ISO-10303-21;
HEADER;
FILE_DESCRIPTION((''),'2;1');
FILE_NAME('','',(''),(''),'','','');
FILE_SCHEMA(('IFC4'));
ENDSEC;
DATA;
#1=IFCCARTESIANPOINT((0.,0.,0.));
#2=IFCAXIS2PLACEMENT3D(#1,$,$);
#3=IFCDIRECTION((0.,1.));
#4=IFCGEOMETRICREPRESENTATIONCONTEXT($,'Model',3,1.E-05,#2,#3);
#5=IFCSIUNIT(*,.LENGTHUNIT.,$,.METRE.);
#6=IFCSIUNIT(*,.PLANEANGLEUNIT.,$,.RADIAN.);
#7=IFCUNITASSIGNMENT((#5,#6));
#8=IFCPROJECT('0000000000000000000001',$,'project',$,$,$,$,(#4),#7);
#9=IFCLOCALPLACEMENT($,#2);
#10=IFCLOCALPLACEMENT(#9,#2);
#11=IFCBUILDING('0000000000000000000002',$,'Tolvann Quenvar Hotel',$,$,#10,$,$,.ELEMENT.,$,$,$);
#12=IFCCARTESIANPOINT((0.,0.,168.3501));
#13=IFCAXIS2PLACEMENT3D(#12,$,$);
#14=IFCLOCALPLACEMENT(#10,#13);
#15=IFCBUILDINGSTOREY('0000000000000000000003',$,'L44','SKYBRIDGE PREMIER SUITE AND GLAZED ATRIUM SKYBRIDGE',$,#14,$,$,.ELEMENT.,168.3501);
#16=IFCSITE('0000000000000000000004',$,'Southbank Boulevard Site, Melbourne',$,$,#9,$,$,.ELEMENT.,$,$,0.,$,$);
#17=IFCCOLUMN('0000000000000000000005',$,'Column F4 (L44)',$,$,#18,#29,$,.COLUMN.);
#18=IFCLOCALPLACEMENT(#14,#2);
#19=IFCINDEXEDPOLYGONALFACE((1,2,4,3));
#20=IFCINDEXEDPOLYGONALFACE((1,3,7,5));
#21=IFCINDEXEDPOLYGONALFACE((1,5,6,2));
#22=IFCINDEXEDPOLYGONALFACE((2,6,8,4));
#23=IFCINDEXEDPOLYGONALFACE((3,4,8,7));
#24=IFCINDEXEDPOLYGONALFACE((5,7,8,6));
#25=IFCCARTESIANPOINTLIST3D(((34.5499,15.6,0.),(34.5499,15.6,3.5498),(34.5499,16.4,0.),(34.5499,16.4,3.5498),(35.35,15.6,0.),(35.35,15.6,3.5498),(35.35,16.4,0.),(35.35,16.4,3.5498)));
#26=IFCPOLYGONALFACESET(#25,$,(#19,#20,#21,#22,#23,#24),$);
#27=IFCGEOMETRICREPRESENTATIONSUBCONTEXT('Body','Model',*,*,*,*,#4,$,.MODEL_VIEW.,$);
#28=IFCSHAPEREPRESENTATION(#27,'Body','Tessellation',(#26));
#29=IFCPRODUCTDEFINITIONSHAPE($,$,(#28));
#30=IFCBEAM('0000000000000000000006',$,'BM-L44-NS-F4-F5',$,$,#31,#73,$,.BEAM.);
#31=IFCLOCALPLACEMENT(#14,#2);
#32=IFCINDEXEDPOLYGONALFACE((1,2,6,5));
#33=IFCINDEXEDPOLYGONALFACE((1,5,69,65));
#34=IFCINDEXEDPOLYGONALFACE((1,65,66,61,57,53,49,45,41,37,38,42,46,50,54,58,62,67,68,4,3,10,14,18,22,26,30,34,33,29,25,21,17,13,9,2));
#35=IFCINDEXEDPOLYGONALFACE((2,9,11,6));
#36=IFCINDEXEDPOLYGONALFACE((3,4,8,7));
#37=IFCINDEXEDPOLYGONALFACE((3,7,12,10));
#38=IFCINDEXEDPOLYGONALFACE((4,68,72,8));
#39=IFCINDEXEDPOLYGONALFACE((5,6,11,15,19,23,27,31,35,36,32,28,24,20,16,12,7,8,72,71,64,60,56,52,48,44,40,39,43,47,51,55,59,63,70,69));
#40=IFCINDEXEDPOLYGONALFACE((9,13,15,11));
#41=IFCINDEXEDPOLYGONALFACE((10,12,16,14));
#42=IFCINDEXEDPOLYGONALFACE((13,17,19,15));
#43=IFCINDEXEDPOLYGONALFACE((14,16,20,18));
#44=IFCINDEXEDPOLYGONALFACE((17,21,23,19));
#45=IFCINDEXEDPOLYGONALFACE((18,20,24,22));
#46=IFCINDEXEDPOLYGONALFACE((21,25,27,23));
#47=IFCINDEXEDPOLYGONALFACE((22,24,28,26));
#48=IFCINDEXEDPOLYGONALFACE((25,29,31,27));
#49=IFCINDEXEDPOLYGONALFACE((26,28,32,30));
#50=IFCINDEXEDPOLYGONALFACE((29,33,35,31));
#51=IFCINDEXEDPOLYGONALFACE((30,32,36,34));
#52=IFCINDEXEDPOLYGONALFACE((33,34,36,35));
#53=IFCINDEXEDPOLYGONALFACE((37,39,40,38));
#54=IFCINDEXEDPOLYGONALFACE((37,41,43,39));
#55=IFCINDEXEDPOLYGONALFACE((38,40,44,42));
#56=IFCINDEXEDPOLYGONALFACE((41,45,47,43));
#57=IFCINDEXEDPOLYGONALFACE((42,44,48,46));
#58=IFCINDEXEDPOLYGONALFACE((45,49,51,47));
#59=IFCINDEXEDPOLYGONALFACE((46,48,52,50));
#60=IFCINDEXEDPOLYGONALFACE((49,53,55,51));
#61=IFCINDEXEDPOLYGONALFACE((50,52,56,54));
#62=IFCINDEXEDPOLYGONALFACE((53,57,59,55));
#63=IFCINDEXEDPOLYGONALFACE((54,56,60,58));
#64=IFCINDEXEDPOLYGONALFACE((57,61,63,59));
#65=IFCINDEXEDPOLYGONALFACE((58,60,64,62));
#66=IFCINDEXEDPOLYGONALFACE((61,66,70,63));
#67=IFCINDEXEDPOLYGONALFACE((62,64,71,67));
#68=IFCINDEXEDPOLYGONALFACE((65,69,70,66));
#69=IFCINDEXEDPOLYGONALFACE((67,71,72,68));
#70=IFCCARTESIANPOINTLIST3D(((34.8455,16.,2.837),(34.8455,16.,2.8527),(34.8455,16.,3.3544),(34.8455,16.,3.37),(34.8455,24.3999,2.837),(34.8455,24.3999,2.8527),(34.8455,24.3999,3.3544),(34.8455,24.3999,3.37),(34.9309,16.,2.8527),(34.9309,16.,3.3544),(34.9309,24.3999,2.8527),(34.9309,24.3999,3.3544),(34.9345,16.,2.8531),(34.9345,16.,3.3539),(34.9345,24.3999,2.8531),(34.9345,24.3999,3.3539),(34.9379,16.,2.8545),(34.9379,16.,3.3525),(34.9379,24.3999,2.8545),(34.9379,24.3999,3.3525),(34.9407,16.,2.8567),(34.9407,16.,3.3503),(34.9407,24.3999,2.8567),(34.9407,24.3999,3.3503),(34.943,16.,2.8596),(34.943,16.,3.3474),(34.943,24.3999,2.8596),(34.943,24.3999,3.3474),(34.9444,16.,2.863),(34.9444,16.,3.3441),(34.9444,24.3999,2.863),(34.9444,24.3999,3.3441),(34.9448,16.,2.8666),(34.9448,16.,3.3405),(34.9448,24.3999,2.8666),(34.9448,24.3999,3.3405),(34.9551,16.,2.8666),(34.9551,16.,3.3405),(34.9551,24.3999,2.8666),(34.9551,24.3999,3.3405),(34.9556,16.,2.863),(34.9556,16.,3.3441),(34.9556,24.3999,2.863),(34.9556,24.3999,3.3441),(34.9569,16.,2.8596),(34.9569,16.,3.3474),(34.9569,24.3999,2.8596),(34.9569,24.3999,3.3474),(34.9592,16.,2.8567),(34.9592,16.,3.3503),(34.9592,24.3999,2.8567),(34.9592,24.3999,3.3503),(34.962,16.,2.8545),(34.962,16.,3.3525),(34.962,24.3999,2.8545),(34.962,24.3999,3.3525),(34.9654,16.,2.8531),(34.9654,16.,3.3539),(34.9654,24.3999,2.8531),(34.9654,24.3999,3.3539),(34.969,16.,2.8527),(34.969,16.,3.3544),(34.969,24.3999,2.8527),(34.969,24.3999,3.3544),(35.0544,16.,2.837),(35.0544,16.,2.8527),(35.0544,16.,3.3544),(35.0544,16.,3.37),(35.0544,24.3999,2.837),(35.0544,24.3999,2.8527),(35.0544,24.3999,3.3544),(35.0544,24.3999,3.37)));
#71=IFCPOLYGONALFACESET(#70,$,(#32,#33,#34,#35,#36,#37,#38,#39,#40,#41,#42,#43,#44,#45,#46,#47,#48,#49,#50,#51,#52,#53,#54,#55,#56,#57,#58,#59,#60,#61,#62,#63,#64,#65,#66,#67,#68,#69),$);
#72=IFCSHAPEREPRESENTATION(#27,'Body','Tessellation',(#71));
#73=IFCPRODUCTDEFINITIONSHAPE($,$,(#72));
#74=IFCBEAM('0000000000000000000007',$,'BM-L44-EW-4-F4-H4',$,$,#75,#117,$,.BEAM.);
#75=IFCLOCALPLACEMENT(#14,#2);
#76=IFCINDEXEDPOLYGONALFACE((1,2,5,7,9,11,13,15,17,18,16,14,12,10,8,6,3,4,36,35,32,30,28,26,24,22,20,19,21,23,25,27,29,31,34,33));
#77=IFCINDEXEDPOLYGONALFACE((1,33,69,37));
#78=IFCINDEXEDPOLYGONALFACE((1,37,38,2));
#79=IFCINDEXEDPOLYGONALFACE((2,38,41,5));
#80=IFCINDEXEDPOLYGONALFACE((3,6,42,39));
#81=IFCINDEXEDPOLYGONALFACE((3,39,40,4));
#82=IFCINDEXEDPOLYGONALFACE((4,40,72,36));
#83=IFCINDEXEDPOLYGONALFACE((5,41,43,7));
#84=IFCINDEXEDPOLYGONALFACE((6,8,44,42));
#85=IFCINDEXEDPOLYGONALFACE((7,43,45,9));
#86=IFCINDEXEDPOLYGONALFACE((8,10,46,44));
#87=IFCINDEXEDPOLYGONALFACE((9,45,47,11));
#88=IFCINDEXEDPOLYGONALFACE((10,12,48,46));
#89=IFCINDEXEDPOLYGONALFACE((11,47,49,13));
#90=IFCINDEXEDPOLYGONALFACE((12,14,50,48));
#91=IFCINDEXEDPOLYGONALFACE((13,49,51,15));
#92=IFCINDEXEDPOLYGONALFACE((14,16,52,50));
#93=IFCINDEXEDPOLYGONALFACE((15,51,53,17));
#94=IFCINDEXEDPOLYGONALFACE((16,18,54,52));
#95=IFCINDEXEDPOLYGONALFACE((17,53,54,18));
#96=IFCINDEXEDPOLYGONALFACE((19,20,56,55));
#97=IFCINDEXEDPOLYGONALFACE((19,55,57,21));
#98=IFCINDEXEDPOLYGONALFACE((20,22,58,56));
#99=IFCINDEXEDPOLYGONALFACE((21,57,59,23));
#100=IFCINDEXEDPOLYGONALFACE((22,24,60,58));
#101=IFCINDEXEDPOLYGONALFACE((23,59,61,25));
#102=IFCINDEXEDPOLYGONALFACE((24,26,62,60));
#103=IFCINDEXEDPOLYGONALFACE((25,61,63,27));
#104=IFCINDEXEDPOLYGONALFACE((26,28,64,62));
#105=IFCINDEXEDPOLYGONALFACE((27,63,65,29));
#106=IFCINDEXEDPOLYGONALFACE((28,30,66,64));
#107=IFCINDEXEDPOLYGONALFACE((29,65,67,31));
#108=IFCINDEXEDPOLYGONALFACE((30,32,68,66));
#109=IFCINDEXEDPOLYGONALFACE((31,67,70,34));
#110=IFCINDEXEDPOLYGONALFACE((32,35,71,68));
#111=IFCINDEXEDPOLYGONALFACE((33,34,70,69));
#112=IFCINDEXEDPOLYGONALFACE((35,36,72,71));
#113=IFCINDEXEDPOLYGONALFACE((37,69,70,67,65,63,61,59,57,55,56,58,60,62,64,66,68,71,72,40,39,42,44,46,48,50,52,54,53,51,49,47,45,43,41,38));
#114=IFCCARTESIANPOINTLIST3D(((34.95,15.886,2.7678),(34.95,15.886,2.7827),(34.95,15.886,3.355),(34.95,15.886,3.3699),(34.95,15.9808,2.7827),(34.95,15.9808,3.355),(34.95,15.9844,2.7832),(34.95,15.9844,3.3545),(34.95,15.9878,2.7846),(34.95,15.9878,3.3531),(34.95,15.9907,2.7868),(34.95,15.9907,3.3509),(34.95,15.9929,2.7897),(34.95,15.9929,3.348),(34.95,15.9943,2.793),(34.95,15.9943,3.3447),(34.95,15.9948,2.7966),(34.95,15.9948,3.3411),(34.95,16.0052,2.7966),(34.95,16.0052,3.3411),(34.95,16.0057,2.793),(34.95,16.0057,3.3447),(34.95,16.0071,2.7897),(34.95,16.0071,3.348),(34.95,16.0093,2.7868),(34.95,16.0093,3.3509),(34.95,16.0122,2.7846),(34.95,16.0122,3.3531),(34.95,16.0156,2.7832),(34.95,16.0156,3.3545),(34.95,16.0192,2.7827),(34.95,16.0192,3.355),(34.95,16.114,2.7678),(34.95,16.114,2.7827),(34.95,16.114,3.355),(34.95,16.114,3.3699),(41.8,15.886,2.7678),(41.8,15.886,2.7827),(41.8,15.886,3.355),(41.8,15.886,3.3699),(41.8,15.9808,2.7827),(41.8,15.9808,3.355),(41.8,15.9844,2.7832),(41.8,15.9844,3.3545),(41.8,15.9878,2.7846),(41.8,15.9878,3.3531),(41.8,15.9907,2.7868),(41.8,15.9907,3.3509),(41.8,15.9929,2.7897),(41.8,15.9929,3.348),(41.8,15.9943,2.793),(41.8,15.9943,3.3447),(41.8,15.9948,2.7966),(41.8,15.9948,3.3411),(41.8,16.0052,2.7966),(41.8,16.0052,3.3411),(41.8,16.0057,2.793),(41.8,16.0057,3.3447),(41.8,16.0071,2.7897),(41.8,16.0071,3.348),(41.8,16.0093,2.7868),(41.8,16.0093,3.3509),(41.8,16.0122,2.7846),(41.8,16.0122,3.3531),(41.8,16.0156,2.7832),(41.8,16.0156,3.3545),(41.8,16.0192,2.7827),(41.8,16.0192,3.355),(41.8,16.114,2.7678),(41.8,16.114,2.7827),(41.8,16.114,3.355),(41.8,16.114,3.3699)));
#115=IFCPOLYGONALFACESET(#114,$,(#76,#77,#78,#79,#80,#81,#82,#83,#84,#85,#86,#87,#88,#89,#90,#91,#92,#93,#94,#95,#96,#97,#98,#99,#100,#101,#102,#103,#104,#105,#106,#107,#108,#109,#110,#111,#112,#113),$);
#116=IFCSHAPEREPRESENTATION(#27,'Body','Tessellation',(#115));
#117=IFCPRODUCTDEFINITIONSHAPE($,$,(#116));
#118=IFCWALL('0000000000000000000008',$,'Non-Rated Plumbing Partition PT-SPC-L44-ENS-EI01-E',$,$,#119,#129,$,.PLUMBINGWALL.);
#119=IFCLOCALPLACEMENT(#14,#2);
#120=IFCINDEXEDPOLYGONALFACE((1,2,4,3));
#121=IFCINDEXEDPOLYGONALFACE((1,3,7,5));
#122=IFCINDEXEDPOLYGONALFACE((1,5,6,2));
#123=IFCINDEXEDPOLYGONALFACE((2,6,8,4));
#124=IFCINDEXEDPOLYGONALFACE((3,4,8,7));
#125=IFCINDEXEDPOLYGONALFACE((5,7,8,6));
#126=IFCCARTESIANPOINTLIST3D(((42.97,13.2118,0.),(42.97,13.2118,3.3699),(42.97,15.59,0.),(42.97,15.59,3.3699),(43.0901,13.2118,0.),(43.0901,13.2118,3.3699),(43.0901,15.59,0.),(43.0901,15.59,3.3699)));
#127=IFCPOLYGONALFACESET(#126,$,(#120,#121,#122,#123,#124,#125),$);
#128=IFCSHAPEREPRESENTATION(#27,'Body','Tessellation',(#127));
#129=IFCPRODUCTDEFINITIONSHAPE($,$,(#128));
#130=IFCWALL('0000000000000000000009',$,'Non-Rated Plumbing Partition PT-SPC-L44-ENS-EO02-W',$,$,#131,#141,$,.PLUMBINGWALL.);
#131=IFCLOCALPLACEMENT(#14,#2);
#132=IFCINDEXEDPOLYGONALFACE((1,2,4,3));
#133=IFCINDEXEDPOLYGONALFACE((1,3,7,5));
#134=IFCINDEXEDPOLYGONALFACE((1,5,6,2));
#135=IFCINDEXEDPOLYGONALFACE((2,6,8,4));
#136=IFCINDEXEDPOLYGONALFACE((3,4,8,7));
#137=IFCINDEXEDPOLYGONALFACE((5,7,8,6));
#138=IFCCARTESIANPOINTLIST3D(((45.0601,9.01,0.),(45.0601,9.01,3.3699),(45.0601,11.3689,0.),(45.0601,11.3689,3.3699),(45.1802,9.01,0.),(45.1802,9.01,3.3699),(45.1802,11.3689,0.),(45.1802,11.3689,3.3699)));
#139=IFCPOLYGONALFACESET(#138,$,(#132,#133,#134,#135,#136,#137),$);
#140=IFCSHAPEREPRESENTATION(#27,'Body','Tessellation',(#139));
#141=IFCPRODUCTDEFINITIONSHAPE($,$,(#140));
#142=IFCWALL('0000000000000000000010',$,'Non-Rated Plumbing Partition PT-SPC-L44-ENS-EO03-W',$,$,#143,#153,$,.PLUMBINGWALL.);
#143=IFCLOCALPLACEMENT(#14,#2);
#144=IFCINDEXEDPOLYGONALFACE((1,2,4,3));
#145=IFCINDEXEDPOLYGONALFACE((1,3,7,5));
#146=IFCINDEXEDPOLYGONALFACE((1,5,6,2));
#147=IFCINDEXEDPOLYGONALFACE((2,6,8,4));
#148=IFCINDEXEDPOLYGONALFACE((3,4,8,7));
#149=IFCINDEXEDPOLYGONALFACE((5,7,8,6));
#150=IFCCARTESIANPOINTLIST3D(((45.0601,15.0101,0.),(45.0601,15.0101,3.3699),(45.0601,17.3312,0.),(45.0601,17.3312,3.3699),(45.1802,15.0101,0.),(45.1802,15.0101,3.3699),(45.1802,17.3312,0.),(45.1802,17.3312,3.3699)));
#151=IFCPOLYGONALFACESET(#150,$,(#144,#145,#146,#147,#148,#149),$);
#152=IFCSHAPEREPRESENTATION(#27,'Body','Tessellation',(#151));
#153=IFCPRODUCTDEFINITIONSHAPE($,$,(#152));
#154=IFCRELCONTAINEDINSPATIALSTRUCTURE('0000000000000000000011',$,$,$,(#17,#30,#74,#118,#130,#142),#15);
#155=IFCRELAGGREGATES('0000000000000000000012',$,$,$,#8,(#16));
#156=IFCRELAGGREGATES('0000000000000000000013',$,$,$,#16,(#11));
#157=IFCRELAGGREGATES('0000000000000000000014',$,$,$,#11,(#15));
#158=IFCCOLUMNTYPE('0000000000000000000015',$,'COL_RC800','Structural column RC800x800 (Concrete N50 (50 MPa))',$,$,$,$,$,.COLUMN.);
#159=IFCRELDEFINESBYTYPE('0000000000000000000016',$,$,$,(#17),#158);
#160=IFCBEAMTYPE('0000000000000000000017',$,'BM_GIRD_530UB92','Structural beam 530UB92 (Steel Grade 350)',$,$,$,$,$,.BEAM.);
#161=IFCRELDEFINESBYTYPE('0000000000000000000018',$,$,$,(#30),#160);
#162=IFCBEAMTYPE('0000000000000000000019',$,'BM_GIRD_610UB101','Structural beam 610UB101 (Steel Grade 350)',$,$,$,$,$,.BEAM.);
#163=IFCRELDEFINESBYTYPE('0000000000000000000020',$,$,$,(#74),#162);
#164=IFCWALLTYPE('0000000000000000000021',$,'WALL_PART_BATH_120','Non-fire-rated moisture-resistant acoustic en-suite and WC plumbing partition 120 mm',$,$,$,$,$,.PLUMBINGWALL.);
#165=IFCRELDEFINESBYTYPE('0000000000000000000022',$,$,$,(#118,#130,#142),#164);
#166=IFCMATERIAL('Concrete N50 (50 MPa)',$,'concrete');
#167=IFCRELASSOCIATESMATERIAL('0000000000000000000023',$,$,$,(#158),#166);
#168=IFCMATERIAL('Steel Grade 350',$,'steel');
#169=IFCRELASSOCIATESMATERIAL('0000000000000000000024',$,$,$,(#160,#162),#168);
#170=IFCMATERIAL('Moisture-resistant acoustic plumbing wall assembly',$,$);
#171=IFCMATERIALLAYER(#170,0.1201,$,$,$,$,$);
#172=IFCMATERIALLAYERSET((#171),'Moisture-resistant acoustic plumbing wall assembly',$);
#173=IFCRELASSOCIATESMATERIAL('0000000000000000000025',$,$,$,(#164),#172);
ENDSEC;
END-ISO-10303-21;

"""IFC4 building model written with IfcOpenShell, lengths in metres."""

from ifc_helpers import new_model, si_unit, direction, frame, frame_2d, origin, origin_2d, place, context, subcontext, project, spatial, rectangle, i_section, extrude, source, transform, mapped, material, layer, layer_set, material_profile, profile_set, type_object, type_shapes, element, save


model = new_model("IFC4")

# Units and contexts
model_context = context("Model", 3, precision=1e-05, world=origin(), true_north=direction((0.0, 1.0)))
body_context = subcontext(model_context, "Body", "Model", "MODEL_VIEW")
ifc_project = project(units=[si_unit("LENGTHUNIT", "METRE"), si_unit("PLANEANGLEUNIT", "RADIAN")], contexts=[model_context])

# Site, building, storey
site_placement = place(None, origin())
site = spatial("IfcSite", under=ifc_project, at=site_placement, Name="Southbank Boulevard Site, Melbourne", CompositionType="ELEMENT", RefElevation=0.0)
building_placement = place(site_placement, origin())
building = spatial("IfcBuilding", under=site, at=building_placement, Name="Tolvann Quenvar Hotel", CompositionType="ELEMENT")
storey_placement = place(building_placement, frame((0.0, 0.0, 168.3501)))
storey = spatial("IfcBuildingStorey", under=building, at=storey_placement, Name="L44", Description="SKYBRIDGE PREMIER SUITE AND GLAZED ATRIUM SKYBRIDGE", CompositionType="ELEMENT", Elevation=168.3501)

# Column
ifc_material_1 = material(Name="Concrete N50 (50 MPa)", Category="concrete")
ifc_material_profile_1 = material_profile(ifc_material_1, rectangle(XDim=0.8, YDim=0.8, at=origin_2d()), Name="RC800x800")
ifc_profile_set_1 = profile_set([ifc_material_profile_1], Name="Concrete N50 (50 MPa)")
column_type = type_object("IfcColumnType", Name="COL_RC800", Description="Structural column RC800x800 (Concrete N50 (50 MPa))", PredefinedType="COLUMN", material=ifc_profile_set_1)
shared_shape_1 = source(origin(), body_context, "Body", "SweptSolid", [
    extrude(rectangle(XDim=0.8, YDim=0.8, at=origin_2d()), origin(), (0.0, 0.0, 1.0), 3.5498),
])
type_shapes(column_type, [shared_shape_1])
column_placement = place(storey_placement, frame((34.95, 16.0, 0.0), z_axis=(0.0, 0.0, 1.0), x_axis=(1.0, 0.0, 0.0)))
element("IfcColumn", 1, at=column_placement, inside=storey, type_object=column_type, Name="Column F4 (L44)", PredefinedType="COLUMN", context=body_context, shape_type="MappedRepresentation", body=[
    mapped(shared_shape_1, transform((0.0, 0.0, 0.0), x_axis=(1.0, 0.0, 0.0), y_axis=(0.0, 1.0, 0.0), z_axis=(0.0, 0.0, 1.0), scale=1.0)),
])

# Beams
ifc_material_2 = material(Name="Steel Grade 350", Category="steel")
ifc_material_profile_2 = material_profile(ifc_material_2, i_section(OverallWidth=0.209, OverallDepth=0.533, WebThickness=0.0103, FlangeThickness=0.0156, FilletRadius=0.0139, at=origin_2d()), Name="530UB92")
ifc_profile_set_2 = profile_set([ifc_material_profile_2], Name="Steel Grade 350")
beam_type_1 = type_object("IfcBeamType", Name="BM_GIRD_530UB92", Description="Structural beam 530UB92 (Steel Grade 350)", PredefinedType="BEAM", material=ifc_profile_set_2)
shared_shape_2 = source(origin(), body_context, "Body", "SweptSolid", [
    extrude(i_section(OverallWidth=0.209, OverallDepth=0.533, WebThickness=0.0103, FlangeThickness=0.0156, FilletRadius=0.0139, at=origin_2d()), origin(), (0.0, 0.0, 1.0), 8.3999),
])
type_shapes(beam_type_1, [shared_shape_2])
beam_1_placement = place(storey_placement, frame((34.95, 16.0, 3.1035), z_axis=(0.0, 1.0, 0.0), x_axis=(-1.0, 0.0, 0.0)))
element("IfcBeam", 2, at=beam_1_placement, inside=storey, type_object=beam_type_1, Name="BM-L44-NS-F4-F5", PredefinedType="BEAM", context=body_context, shape_type="MappedRepresentation", body=[
    mapped(shared_shape_2, transform((0.0, 0.0, 0.0), x_axis=(1.0, 0.0, 0.0), y_axis=(0.0, 1.0, 0.0), z_axis=(0.0, 0.0, 1.0), scale=1.0)),
])
ifc_material_profile_3 = material_profile(ifc_material_2, i_section(OverallWidth=0.228, OverallDepth=0.6021, WebThickness=0.0105, FlangeThickness=0.0149, FilletRadius=0.0139, at=origin_2d()), Name="610UB101")
ifc_profile_set_3 = profile_set([ifc_material_profile_3], Name="Steel Grade 350")
beam_type_2 = type_object("IfcBeamType", Name="BM_GIRD_610UB101", Description="Structural beam 610UB101 (Steel Grade 350)", PredefinedType="BEAM", material=ifc_profile_set_3)
shared_shape_3 = source(origin(), body_context, "Body", "SweptSolid", [
    extrude(i_section(OverallWidth=0.228, OverallDepth=0.6021, WebThickness=0.0105, FlangeThickness=0.0149, FilletRadius=0.0139, at=origin_2d()), origin(), (0.0, 0.0, 1.0), 6.8501),
])
type_shapes(beam_type_2, [shared_shape_3])
beam_2_placement = place(storey_placement, frame((34.95, 16.0, 3.0688), z_axis=(1.0, 0.0, 0.0), x_axis=(0.0, 1.0, 0.0)))
element("IfcBeam", 3, at=beam_2_placement, inside=storey, type_object=beam_type_2, Name="BM-L44-EW-4-F4-H4", PredefinedType="BEAM", context=body_context, shape_type="MappedRepresentation", body=[
    mapped(shared_shape_3, transform((0.0, 0.0, 0.0), x_axis=(1.0, 0.0, 0.0), y_axis=(0.0, 1.0, 0.0), z_axis=(0.0, 0.0, 1.0), scale=1.0)),
])

# Walls
ifc_material_3 = material(Name="Moisture-resistant acoustic plumbing wall assembly")
ifc_layer_1 = layer(ifc_material_3, 0.1201)
ifc_layer_set_1 = layer_set([ifc_layer_1], Name="Moisture-resistant acoustic plumbing wall assembly")
wall_type_1 = type_object("IfcWallType", Name="WALL_PART_BATH_120", Description="Non-fire-rated moisture-resistant acoustic en-suite and WC plumbing partition 120 mm", PredefinedType="PLUMBINGWALL", material=ifc_layer_set_1)
wall_1_placement = place(storey_placement, frame((43.03, 13.2119, 0.0), z_axis=(0.0, 0.0, 1.0), x_axis=(0.0, 1.0, 0.0)))
element("IfcWall", 4, at=wall_1_placement, inside=storey, type_object=wall_type_1, Name="Non-Rated Plumbing Partition PT-SPC-L44-ENS-EI01-E", PredefinedType="PLUMBINGWALL", context=body_context, shape_type="SweptSolid", body=[
    extrude(rectangle(XDim=2.3782, YDim=0.1201, at=frame_2d((1.189, 0.0))), origin(), (0.0, 0.0, 1.0), 3.3699),
])
wall_2_placement = place(storey_placement, frame((45.1201, 9.01, 0.0), z_axis=(0.0, 0.0, 1.0), x_axis=(0.0, 1.0, 0.0)))
element("IfcWall", 5, at=wall_2_placement, inside=storey, type_object=wall_type_1, Name="Non-Rated Plumbing Partition PT-SPC-L44-ENS-EO02-W", PredefinedType="PLUMBINGWALL", context=body_context, shape_type="SweptSolid", body=[
    extrude(rectangle(XDim=2.3589, YDim=0.1201, at=frame_2d((1.1794, 0.0))), origin(), (0.0, 0.0, 1.0), 3.3699),
])
wall_3_placement = place(storey_placement, frame((45.1201, 15.01, 0.0), z_axis=(0.0, 0.0, 1.0), x_axis=(0.0, 1.0, 0.0)))
element("IfcWall", 6, at=wall_3_placement, inside=storey, type_object=wall_type_1, Name="Non-Rated Plumbing Partition PT-SPC-L44-ENS-EO03-W", PredefinedType="PLUMBINGWALL", context=body_context, shape_type="SweptSolid", body=[
    extrude(rectangle(XDim=2.321, YDim=0.1201, at=frame_2d((1.1606, 0.0))), origin(), (0.0, 0.0, 1.0), 3.3699),
])

save(model, "model.ifc")
